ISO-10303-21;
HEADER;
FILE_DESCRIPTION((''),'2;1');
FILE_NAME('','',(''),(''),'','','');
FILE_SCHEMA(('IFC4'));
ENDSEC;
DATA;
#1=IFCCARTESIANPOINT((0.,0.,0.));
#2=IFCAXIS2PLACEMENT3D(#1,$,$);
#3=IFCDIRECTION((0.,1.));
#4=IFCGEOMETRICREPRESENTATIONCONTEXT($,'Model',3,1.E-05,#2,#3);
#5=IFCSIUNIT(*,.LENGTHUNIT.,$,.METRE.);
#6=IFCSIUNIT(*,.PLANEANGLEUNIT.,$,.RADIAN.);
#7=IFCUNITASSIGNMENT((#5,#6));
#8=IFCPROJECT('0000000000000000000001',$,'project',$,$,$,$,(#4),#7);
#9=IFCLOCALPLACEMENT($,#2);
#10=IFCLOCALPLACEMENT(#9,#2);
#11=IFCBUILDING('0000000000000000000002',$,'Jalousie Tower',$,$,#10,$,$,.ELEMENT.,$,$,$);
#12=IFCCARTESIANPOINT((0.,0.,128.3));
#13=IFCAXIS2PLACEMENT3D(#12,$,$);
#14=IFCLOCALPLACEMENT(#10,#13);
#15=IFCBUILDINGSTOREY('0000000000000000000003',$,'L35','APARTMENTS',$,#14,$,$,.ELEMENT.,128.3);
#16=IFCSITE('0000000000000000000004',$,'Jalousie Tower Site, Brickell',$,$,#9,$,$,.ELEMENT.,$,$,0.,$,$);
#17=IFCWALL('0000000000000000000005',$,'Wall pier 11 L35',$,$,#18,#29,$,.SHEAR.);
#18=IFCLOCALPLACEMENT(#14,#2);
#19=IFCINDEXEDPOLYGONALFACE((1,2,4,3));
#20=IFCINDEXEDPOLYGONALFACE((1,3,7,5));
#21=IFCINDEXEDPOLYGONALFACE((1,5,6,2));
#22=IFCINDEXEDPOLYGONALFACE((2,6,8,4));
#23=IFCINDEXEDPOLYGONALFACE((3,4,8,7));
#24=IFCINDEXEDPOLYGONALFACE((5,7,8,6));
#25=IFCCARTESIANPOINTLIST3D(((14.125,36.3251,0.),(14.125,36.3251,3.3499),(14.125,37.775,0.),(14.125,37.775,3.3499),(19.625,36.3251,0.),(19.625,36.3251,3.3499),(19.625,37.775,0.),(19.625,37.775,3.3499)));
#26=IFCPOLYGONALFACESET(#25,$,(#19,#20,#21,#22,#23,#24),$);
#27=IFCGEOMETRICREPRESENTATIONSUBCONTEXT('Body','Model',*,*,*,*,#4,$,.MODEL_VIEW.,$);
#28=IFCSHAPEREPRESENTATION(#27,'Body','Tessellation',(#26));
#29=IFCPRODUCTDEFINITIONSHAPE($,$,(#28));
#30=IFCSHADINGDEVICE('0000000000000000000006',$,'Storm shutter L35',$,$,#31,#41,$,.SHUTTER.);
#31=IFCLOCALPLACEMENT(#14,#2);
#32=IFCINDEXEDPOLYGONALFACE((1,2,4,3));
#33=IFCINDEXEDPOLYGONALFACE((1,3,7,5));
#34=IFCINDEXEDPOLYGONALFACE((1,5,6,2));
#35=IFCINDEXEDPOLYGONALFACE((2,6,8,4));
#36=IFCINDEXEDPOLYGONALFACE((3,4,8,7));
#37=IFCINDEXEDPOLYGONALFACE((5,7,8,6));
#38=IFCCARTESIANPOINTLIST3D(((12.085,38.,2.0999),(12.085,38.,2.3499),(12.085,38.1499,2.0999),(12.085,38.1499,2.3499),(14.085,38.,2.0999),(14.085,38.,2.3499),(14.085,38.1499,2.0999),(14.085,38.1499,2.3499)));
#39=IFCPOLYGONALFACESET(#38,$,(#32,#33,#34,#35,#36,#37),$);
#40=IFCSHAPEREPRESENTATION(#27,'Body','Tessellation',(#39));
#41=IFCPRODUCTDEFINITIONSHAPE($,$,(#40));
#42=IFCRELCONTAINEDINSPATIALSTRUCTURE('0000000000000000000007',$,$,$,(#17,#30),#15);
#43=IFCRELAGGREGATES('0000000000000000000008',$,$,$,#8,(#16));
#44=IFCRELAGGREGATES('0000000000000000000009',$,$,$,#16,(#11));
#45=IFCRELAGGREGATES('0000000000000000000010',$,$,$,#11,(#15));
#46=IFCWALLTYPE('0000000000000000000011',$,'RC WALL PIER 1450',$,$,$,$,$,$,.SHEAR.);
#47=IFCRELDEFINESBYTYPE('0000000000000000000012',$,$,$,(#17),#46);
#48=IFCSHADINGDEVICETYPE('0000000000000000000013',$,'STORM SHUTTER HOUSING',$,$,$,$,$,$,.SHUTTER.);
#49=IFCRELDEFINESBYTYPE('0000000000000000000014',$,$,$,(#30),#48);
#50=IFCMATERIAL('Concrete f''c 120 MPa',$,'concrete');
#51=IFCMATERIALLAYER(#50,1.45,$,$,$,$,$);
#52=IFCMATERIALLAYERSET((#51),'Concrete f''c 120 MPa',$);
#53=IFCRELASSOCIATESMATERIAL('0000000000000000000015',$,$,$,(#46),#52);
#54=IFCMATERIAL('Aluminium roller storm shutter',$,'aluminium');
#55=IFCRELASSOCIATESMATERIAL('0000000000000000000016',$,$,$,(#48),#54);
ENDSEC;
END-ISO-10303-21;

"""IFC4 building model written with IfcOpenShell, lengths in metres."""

from ifc_helpers import new_model, si_unit, direction, frame, frame_2d, origin, origin_2d, place, context, subcontext, project, spatial, rectangle, extrude, material, layer, layer_set, type_object, element, save


model = new_model("IFC4")

# Units and contexts
model_context = context("Model", 3, precision=1e-05, world=origin(), true_north=direction((0.0, 1.0)))
body_context = subcontext(model_context, "Body", "Model", "MODEL_VIEW")
ifc_project = project(units=[si_unit("LENGTHUNIT", "METRE"), si_unit("PLANEANGLEUNIT", "RADIAN")], contexts=[model_context])

# Site, building, storey
site_placement = place(None, origin())
site = spatial("IfcSite", under=ifc_project, at=site_placement, Name="Jalousie Tower Site, Brickell", CompositionType="ELEMENT", RefElevation=0.0)
building_placement = place(site_placement, origin())
building = spatial("IfcBuilding", under=site, at=building_placement, Name="Jalousie Tower", CompositionType="ELEMENT")
storey_placement = place(building_placement, frame((0.0, 0.0, 128.3)))
storey = spatial("IfcBuildingStorey", under=building, at=storey_placement, Name="L35", Description="APARTMENTS", CompositionType="ELEMENT", Elevation=128.3)

# Wall
ifc_material_1 = material(Name="Concrete f'c 120 MPa", Category="concrete")
ifc_layer_1 = layer(ifc_material_1, 1.45)
ifc_layer_set_1 = layer_set([ifc_layer_1], Name="Concrete f'c 120 MPa")
wall_type_1 = type_object("IfcWallType", Name="RC WALL PIER 1450", PredefinedType="SHEAR", material=ifc_layer_set_1)
wall_1_placement = place(storey_placement, frame((14.125, 37.05, 0.0), z_axis=(0.0, 0.0, 1.0), x_axis=(1.0, 0.0, 0.0)))
element("IfcWall", 1, at=wall_1_placement, inside=storey, type_object=wall_type_1, Name="Wall pier 11 L35", PredefinedType="SHEAR", context=body_context, shape_type="SweptSolid", body=[
    extrude(rectangle(XDim=5.5, YDim=1.45, at=frame_2d((2.75, 0.0))), origin(), (0.0, 0.0, 1.0), 3.3499),
])

# Shading device
ifc_material_2 = material(Name="Aluminium roller storm shutter", Category="aluminium")
shading_device_type = type_object("IfcShadingDeviceType", Name="STORM SHUTTER HOUSING", PredefinedType="SHUTTER", material=ifc_material_2)
shading_device_placement = place(storey_placement, frame((13.085, 38.075, 2.0999), z_axis=(0.0, 0.0, 1.0), x_axis=(-1.0, 0.0, 0.0)))
element("IfcShadingDevice", 2, at=shading_device_placement, inside=storey, type_object=shading_device_type, Name="Storm shutter L35", PredefinedType="SHUTTER", context=body_context, shape_type="SweptSolid", body=[
    extrude(rectangle(XDim=2.0, YDim=0.1499, at=origin_2d()), origin(), (0.0, 0.0, 1.0), 0.25),
])

save(model, "model.ifc")
